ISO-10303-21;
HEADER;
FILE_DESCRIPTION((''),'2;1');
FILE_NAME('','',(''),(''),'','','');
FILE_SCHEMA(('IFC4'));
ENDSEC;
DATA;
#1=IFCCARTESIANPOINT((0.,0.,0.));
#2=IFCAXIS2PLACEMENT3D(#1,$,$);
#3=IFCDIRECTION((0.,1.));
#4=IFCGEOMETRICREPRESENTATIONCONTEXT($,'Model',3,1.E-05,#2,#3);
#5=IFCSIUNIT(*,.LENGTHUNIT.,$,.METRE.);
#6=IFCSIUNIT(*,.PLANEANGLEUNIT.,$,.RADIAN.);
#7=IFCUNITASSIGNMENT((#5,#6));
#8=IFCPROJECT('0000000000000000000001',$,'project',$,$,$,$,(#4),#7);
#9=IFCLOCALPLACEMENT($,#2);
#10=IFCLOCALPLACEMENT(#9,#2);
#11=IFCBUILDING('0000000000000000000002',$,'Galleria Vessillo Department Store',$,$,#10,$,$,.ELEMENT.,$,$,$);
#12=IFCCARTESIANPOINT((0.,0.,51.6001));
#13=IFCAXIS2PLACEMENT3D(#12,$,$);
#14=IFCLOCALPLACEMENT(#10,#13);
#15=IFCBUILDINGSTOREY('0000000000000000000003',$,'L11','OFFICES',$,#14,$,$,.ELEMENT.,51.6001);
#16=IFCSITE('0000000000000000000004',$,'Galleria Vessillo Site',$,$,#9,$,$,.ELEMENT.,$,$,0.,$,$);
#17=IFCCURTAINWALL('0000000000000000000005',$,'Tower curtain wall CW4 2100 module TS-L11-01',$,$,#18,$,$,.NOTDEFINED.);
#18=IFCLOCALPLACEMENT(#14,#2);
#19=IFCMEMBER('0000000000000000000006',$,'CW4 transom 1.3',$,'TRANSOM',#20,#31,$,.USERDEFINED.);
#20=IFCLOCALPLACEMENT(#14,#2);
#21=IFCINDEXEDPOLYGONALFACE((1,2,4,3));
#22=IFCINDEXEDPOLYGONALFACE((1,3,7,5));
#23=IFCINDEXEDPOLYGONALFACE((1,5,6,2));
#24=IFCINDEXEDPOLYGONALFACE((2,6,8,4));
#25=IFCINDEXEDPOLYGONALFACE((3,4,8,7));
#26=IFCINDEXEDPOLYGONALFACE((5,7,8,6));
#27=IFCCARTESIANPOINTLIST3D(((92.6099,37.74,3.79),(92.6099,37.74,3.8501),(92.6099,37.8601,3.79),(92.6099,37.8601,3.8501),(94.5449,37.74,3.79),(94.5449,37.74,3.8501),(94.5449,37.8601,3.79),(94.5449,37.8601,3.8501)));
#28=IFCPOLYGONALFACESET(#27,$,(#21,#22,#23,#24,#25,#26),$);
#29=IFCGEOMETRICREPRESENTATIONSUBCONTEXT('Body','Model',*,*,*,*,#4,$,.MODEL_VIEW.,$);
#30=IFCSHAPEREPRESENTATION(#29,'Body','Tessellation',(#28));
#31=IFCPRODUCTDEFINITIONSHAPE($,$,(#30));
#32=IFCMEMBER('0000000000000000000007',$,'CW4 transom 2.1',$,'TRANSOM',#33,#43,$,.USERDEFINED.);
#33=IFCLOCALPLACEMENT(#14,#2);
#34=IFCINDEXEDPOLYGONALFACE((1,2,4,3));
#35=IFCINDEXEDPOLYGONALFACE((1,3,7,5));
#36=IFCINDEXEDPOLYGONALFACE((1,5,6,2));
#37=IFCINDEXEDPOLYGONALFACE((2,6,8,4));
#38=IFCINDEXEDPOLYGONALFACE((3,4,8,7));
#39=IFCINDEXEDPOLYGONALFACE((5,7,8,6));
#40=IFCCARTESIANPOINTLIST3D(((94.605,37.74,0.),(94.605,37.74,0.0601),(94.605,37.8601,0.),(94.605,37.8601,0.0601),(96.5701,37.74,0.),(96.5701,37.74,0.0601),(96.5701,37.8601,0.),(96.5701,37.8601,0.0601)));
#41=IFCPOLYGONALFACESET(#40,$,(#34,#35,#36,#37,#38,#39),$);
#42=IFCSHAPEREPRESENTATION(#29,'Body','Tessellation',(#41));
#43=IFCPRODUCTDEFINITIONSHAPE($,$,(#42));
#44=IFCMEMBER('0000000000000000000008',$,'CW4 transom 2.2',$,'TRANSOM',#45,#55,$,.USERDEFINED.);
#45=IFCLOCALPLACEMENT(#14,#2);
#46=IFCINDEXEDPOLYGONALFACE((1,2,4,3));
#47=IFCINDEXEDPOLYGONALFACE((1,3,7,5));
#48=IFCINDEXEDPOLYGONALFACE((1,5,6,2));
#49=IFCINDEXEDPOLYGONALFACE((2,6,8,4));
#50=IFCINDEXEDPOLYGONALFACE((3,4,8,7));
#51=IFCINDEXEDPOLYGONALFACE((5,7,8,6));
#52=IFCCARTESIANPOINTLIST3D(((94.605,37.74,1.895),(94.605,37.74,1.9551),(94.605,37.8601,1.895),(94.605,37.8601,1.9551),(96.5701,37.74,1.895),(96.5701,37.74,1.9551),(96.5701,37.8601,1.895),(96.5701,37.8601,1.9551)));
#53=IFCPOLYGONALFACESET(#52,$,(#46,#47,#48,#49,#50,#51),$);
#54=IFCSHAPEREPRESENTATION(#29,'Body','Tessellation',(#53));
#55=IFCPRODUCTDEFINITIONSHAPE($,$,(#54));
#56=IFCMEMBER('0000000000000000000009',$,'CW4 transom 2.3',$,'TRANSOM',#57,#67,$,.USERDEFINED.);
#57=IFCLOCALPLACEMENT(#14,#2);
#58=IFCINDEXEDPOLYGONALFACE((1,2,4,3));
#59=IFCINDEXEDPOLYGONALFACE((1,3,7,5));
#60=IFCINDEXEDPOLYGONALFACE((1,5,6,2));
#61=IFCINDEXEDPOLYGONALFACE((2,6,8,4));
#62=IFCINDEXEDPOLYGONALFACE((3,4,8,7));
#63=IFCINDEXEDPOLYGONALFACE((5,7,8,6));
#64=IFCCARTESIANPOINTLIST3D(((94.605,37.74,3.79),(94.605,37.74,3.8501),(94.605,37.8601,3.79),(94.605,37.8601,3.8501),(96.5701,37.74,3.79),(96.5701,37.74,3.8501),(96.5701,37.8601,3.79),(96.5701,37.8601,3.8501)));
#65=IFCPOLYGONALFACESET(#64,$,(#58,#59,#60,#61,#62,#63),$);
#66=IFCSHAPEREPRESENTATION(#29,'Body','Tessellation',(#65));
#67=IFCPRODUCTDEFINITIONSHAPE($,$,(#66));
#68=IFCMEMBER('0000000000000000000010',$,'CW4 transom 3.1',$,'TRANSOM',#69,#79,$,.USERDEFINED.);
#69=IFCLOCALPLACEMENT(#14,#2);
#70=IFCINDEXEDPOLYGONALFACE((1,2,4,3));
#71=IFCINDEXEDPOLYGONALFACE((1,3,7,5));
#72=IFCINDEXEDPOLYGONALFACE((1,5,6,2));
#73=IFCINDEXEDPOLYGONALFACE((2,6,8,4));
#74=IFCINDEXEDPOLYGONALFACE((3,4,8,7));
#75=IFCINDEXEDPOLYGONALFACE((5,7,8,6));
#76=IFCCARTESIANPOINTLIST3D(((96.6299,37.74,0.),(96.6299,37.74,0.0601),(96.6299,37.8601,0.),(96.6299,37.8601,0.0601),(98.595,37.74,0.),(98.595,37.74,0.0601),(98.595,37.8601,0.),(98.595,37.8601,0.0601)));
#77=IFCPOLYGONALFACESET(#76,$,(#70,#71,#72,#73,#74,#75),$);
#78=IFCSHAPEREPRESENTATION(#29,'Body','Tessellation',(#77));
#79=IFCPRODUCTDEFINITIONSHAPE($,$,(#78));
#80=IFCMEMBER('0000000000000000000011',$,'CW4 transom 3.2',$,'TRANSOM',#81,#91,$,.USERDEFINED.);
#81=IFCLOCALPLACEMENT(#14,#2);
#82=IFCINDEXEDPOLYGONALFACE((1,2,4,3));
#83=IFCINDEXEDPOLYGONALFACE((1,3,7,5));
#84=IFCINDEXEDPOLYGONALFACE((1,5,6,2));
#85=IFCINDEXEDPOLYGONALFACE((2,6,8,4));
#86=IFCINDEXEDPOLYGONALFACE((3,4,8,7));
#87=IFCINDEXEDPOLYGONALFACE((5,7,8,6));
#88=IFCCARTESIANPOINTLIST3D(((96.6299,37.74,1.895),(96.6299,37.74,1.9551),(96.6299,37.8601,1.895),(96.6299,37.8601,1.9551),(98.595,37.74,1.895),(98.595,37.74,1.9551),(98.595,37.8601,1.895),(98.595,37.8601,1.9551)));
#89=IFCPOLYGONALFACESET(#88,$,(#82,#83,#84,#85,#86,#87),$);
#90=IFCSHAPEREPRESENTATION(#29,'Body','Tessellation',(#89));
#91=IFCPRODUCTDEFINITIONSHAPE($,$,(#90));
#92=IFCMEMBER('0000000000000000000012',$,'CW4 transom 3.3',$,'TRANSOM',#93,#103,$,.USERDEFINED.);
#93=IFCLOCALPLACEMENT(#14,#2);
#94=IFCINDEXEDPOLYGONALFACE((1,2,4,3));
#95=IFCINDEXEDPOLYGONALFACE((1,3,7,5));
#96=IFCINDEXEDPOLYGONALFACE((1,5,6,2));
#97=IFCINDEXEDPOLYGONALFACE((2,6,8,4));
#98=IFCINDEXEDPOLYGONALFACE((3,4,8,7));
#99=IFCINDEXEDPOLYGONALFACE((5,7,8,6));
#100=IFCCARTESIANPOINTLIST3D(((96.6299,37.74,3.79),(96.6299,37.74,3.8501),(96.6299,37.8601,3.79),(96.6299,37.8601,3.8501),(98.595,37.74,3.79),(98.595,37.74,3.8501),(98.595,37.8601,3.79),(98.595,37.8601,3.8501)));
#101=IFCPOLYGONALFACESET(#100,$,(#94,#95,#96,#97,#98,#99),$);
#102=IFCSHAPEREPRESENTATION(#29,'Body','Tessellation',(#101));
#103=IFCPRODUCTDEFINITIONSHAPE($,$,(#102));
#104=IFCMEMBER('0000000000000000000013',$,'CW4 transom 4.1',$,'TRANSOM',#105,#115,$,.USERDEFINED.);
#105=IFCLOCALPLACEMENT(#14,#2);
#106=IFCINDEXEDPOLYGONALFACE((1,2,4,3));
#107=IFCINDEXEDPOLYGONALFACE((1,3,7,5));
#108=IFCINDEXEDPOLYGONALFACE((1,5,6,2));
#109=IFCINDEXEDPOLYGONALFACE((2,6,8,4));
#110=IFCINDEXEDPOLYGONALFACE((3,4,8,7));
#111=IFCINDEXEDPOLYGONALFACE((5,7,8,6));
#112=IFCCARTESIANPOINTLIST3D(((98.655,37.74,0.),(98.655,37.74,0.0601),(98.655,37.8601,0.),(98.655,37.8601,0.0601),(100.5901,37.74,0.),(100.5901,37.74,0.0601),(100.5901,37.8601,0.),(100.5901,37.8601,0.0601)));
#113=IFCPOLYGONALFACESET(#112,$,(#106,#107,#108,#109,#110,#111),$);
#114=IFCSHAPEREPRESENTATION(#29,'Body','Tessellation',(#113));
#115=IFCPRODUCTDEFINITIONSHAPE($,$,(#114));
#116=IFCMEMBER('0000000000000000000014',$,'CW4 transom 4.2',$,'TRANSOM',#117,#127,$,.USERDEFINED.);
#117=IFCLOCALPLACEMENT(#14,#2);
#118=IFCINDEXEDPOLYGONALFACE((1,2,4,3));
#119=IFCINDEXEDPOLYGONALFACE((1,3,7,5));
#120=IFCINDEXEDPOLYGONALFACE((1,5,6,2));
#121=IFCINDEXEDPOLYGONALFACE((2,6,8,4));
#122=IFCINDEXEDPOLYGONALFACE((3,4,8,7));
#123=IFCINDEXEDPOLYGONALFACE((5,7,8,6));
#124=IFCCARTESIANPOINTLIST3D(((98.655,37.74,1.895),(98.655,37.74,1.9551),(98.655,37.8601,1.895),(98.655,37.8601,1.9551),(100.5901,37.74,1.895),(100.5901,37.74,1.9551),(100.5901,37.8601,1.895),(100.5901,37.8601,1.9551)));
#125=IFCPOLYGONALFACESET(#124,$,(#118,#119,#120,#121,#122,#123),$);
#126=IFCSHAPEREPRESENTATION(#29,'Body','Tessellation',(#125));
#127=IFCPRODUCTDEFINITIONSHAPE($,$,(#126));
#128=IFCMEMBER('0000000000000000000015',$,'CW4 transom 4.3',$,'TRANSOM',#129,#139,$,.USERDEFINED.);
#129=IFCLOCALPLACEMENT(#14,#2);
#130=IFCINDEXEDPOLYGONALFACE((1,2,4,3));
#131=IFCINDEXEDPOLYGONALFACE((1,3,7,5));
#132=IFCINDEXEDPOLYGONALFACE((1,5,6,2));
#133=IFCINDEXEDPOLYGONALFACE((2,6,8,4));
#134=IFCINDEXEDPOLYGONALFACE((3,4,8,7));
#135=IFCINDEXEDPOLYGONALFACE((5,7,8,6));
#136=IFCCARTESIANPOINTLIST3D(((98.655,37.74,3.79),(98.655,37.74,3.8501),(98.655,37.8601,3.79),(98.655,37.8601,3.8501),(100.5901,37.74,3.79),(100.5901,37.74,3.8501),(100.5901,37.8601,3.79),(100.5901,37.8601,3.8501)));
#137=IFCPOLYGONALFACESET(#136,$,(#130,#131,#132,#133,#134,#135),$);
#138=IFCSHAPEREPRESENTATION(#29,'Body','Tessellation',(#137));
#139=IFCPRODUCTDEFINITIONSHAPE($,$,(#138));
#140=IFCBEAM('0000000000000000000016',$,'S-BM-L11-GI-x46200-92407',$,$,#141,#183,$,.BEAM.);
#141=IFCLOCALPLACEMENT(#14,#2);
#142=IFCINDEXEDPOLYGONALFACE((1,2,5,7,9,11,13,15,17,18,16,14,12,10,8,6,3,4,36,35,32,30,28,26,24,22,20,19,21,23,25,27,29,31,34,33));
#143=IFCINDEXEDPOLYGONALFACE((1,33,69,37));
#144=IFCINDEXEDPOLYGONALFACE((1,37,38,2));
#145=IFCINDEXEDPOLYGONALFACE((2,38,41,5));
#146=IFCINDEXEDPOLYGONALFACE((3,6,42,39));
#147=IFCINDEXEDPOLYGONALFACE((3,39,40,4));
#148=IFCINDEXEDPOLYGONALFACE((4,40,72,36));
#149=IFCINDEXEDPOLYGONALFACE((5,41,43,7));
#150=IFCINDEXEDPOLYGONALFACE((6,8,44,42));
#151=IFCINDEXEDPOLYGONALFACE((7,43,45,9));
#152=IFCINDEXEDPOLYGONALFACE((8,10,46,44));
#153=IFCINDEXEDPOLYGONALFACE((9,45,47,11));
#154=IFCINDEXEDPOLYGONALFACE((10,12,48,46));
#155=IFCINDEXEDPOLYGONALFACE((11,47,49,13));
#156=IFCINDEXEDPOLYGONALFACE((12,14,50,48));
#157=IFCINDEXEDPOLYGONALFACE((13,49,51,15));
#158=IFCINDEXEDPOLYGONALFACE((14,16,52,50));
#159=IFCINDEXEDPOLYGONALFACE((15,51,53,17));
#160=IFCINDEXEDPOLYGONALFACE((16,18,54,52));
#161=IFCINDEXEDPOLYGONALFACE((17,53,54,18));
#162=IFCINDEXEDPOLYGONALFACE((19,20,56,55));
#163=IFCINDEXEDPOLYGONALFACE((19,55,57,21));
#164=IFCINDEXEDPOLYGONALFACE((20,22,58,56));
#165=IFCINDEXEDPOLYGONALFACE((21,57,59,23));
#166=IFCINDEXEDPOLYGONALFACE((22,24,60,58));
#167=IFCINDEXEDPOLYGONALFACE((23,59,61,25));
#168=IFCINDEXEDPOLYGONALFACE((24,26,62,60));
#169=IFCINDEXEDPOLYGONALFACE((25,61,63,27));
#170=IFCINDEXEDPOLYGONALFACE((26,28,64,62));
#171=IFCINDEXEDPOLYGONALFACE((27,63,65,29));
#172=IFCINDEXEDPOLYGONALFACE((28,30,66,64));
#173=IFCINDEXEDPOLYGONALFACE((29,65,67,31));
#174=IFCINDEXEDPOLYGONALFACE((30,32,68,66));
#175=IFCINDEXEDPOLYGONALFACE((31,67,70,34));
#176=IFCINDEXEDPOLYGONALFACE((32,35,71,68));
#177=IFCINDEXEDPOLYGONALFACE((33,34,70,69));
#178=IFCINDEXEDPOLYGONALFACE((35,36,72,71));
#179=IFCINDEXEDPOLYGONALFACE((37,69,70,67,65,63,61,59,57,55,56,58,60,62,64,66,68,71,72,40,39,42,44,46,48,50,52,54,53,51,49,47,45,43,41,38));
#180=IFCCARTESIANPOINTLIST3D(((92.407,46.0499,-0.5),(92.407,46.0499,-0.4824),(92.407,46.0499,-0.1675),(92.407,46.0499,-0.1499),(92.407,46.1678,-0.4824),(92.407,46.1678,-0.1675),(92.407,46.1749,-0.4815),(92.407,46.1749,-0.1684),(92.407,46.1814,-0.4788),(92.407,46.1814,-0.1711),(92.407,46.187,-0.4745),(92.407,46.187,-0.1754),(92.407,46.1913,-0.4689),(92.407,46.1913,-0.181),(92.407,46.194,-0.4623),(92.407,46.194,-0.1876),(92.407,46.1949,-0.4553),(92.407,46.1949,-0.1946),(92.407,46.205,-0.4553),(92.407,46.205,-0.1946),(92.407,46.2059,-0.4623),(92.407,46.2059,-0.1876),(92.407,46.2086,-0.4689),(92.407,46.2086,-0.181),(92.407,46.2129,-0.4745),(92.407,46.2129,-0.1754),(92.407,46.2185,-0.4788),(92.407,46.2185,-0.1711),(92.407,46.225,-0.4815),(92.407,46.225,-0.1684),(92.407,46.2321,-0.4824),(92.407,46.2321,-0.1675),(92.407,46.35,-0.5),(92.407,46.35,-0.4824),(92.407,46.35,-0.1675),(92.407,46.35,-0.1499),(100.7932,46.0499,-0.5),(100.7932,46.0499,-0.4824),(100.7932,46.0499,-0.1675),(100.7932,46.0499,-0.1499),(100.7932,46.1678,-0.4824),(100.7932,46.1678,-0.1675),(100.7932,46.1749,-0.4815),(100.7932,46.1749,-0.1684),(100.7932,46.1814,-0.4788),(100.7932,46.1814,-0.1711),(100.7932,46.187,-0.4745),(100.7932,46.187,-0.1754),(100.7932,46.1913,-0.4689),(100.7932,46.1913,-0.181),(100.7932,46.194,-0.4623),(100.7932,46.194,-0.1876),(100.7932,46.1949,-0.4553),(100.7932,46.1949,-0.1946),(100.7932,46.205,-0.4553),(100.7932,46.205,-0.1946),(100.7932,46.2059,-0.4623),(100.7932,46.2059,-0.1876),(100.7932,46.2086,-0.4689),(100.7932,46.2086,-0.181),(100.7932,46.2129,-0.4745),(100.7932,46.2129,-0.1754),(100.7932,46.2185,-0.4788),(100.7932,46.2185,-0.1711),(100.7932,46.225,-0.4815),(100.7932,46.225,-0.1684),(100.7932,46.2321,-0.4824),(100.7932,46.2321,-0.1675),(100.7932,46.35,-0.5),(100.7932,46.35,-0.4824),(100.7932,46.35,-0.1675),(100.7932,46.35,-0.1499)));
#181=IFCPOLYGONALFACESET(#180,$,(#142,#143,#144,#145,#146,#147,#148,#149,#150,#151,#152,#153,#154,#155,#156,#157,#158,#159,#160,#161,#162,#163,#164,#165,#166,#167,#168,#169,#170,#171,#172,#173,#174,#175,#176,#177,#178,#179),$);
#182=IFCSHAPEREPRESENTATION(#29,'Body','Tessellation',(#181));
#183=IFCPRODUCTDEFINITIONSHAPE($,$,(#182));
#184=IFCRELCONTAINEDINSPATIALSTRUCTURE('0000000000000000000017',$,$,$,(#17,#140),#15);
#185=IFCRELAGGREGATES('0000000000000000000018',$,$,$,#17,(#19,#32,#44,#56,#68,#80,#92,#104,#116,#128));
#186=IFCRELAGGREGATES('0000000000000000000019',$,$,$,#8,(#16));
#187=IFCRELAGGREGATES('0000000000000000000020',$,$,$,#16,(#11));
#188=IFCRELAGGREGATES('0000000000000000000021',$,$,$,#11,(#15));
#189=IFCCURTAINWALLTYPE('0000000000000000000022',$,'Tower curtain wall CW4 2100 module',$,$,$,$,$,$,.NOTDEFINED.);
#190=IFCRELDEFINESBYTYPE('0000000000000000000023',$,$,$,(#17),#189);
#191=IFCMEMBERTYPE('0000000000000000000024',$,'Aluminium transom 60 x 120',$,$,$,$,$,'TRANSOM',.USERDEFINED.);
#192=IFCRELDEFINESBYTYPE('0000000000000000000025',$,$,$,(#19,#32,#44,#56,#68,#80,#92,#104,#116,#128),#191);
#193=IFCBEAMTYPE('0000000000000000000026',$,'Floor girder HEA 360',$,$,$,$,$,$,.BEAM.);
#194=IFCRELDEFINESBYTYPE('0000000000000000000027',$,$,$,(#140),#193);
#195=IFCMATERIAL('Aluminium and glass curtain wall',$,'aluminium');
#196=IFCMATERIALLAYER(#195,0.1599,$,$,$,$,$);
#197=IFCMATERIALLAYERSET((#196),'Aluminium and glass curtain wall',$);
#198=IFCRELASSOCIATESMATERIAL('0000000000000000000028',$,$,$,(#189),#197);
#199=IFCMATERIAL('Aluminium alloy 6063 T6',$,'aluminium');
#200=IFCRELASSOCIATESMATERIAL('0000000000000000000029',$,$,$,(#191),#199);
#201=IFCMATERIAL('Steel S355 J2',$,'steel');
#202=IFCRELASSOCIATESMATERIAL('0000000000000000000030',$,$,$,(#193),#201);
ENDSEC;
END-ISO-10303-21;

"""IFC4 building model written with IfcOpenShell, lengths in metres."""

from ifc_helpers import new_model, si_unit, direction, frame, origin, origin_2d, place, context, subcontext, project, spatial, rectangle, i_section, extrude, material, layer, layer_set, material_profile, profile_set, type_object, element, aggregate, save


model = new_model("IFC4")

# Units and contexts
model_context = context("Model", 3, precision=1e-05, world=origin(), true_north=direction((0.0, 1.0)))
body_context = subcontext(model_context, "Body", "Model", "MODEL_VIEW")
ifc_project = project(units=[si_unit("LENGTHUNIT", "METRE"), si_unit("PLANEANGLEUNIT", "RADIAN")], contexts=[model_context])

# Site, building, storey
site_placement = place(None, origin())
site = spatial("IfcSite", under=ifc_project, at=site_placement, Name="Galleria Vessillo Site", CompositionType="ELEMENT", RefElevation=0.0)
building_placement = place(site_placement, origin())
building = spatial("IfcBuilding", under=site, at=building_placement, Name="Galleria Vessillo Department Store", CompositionType="ELEMENT")
storey_placement = place(building_placement, frame((0.0, 0.0, 51.6001)))
storey = spatial("IfcBuildingStorey", under=building, at=storey_placement, Name="L11", Description="OFFICES", CompositionType="ELEMENT", Elevation=51.6001)

# Curtain wall, members
ifc_material_1 = material(Name="Aluminium and glass curtain wall", Category="aluminium")
ifc_layer_1 = layer(ifc_material_1, 0.1599)
ifc_layer_set_1 = layer_set([ifc_layer_1], Name="Aluminium and glass curtain wall")
curtain_wall_type = type_object("IfcCurtainWallType", Name="Tower curtain wall CW4 2100 module", PredefinedType="NOTDEFINED", material=ifc_layer_set_1)
curtain_wall_placement = place(storey_placement, origin())
curtain_wall = element("IfcCurtainWall", 1, at=curtain_wall_placement, inside=storey, type_object=curtain_wall_type, Name="Tower curtain wall CW4 2100 module TS-L11-01", PredefinedType="NOTDEFINED")
ifc_material_2 = material(Name="Aluminium alloy 6063 T6", Category="aluminium")
ifc_material_profile_1 = material_profile(ifc_material_2, rectangle(XDim=0.1201, YDim=0.0601, at=origin_2d()), Name="AL 60x120")
ifc_profile_set_1 = profile_set([ifc_material_profile_1], Name="Aluminium alloy 6063 T6")
member_type_1 = type_object("IfcMemberType", Name="Aluminium transom 60 x 120", ElementType="TRANSOM", PredefinedType="USERDEFINED", material=ifc_profile_set_1)
member_1_placement = place(storey_placement, frame((92.6099, 37.8, 3.8201), z_axis=(1.0, 0.0, 0.0), x_axis=(0.0, 1.0, 0.0)))
member_1 = element("IfcMember", 2, at=member_1_placement, type_object=member_type_1, Name="CW4 transom 1.3", ObjectType="TRANSOM", PredefinedType="USERDEFINED", context=body_context, shape_type="SweptSolid", body=[
    extrude(rectangle(XDim=0.1201, YDim=0.0601, at=origin_2d()), origin(), (0.0, 0.0, 1.0), 1.9351),
])
member_2_placement = place(storey_placement, frame((94.605, 37.8, 0.03), z_axis=(1.0, 0.0, 0.0), x_axis=(0.0, 1.0, 0.0)))
member_2 = element("IfcMember", 3, at=member_2_placement, type_object=member_type_1, Name="CW4 transom 2.1", ObjectType="TRANSOM", PredefinedType="USERDEFINED", context=body_context, shape_type="SweptSolid", body=[
    extrude(rectangle(XDim=0.1201, YDim=0.0601, at=origin_2d()), origin(), (0.0, 0.0, 1.0), 1.9651),
])
member_3_placement = place(storey_placement, frame((94.605, 37.8, 1.925), z_axis=(1.0, 0.0, 0.0), x_axis=(0.0, 1.0, 0.0)))
member_3 = element("IfcMember", 4, at=member_3_placement, type_object=member_type_1, Name="CW4 transom 2.2", ObjectType="TRANSOM", PredefinedType="USERDEFINED", context=body_context, shape_type="SweptSolid", body=[
    extrude(rectangle(XDim=0.1201, YDim=0.0601, at=origin_2d()), origin(), (0.0, 0.0, 1.0), 1.9651),
])
member_4_placement = place(storey_placement, frame((94.605, 37.8, 3.8201), z_axis=(1.0, 0.0, 0.0), x_axis=(0.0, 1.0, 0.0)))
member_4 = element("IfcMember", 5, at=member_4_placement, type_object=member_type_1, Name="CW4 transom 2.3", ObjectType="TRANSOM", PredefinedType="USERDEFINED", context=body_context, shape_type="SweptSolid", body=[
    extrude(rectangle(XDim=0.1201, YDim=0.0601, at=origin_2d()), origin(), (0.0, 0.0, 1.0), 1.9651),
])
member_5_placement = place(storey_placement, frame((96.6299, 37.8, 0.03), z_axis=(1.0, 0.0, 0.0), x_axis=(0.0, 1.0, 0.0)))
member_5 = element("IfcMember", 6, at=member_5_placement, type_object=member_type_1, Name="CW4 transom 3.1", ObjectType="TRANSOM", PredefinedType="USERDEFINED", context=body_context, shape_type="SweptSolid", body=[
    extrude(rectangle(XDim=0.1201, YDim=0.0601, at=origin_2d()), origin(), (0.0, 0.0, 1.0), 1.9651),
])
member_6_placement = place(storey_placement, frame((96.6299, 37.8, 1.925), z_axis=(1.0, 0.0, 0.0), x_axis=(0.0, 1.0, 0.0)))
member_6 = element("IfcMember", 7, at=member_6_placement, type_object=member_type_1, Name="CW4 transom 3.2", ObjectType="TRANSOM", PredefinedType="USERDEFINED", context=body_context, shape_type="SweptSolid", body=[
    extrude(rectangle(XDim=0.1201, YDim=0.0601, at=origin_2d()), origin(), (0.0, 0.0, 1.0), 1.9651),
])
member_7_placement = place(storey_placement, frame((96.6299, 37.8, 3.8201), z_axis=(1.0, 0.0, 0.0), x_axis=(0.0, 1.0, 0.0)))
member_7 = element("IfcMember", 8, at=member_7_placement, type_object=member_type_1, Name="CW4 transom 3.3", ObjectType="TRANSOM", PredefinedType="USERDEFINED", context=body_context, shape_type="SweptSolid", body=[
    extrude(rectangle(XDim=0.1201, YDim=0.0601, at=origin_2d()), origin(), (0.0, 0.0, 1.0), 1.9651),
])
member_8_placement = place(storey_placement, frame((98.655, 37.8, 0.03), z_axis=(1.0, 0.0, 0.0), x_axis=(0.0, 1.0, 0.0)))
member_8 = element("IfcMember", 9, at=member_8_placement, type_object=member_type_1, Name="CW4 transom 4.1", ObjectType="TRANSOM", PredefinedType="USERDEFINED", context=body_context, shape_type="SweptSolid", body=[
    extrude(rectangle(XDim=0.1201, YDim=0.0601, at=origin_2d()), origin(), (0.0, 0.0, 1.0), 1.9351),
])
member_9_placement = place(storey_placement, frame((98.655, 37.8, 1.925), z_axis=(1.0, 0.0, 0.0), x_axis=(0.0, 1.0, 0.0)))
member_9 = element("IfcMember", 10, at=member_9_placement, type_object=member_type_1, Name="CW4 transom 4.2", ObjectType="TRANSOM", PredefinedType="USERDEFINED", context=body_context, shape_type="SweptSolid", body=[
    extrude(rectangle(XDim=0.1201, YDim=0.0601, at=origin_2d()), origin(), (0.0, 0.0, 1.0), 1.9351),
])
member_10_placement = place(storey_placement, frame((98.655, 37.8, 3.8201), z_axis=(1.0, 0.0, 0.0), x_axis=(0.0, 1.0, 0.0)))
member_10 = element("IfcMember", 11, at=member_10_placement, type_object=member_type_1, Name="CW4 transom 4.3", ObjectType="TRANSOM", PredefinedType="USERDEFINED", context=body_context, shape_type="SweptSolid", body=[
    extrude(rectangle(XDim=0.1201, YDim=0.0601, at=origin_2d()), origin(), (0.0, 0.0, 1.0), 1.9351),
])

# Beam
ifc_material_3 = material(Name="Steel S355 J2", Category="steel")
ifc_material_profile_2 = material_profile(ifc_material_3, i_section(OverallWidth=0.3, OverallDepth=0.3501, WebThickness=0.01, FlangeThickness=0.0176, FilletRadius=0.0271, at=origin_2d()), Name="HEA 360")
ifc_profile_set_2 = profile_set([ifc_material_profile_2], Name="Steel S355 J2")
beam_type_1 = type_object("IfcBeamType", Name="Floor girder HEA 360", PredefinedType="BEAM", material=ifc_profile_set_2)
beam_1_placement = place(storey_placement, frame((92.407, 46.2, -0.325), z_axis=(1.0, 0.0, 0.0), x_axis=(0.0, 1.0, 0.0)))
element("IfcBeam", 12, at=beam_1_placement, inside=storey, type_object=beam_type_1, Name="S-BM-L11-GI-x46200-92407", PredefinedType="BEAM", context=body_context, shape_type="SweptSolid", body=[
    extrude(i_section(OverallWidth=0.3, OverallDepth=0.3501, WebThickness=0.01, FlangeThickness=0.0176, FilletRadius=0.0271, at=origin_2d()), origin(), (0.0, 0.0, 1.0), 8.3862),
])

aggregate(curtain_wall, [member_1, member_2, member_3, member_4, member_5, member_6, member_7, member_8, member_9, member_10])

save(model, "model.ifc")
